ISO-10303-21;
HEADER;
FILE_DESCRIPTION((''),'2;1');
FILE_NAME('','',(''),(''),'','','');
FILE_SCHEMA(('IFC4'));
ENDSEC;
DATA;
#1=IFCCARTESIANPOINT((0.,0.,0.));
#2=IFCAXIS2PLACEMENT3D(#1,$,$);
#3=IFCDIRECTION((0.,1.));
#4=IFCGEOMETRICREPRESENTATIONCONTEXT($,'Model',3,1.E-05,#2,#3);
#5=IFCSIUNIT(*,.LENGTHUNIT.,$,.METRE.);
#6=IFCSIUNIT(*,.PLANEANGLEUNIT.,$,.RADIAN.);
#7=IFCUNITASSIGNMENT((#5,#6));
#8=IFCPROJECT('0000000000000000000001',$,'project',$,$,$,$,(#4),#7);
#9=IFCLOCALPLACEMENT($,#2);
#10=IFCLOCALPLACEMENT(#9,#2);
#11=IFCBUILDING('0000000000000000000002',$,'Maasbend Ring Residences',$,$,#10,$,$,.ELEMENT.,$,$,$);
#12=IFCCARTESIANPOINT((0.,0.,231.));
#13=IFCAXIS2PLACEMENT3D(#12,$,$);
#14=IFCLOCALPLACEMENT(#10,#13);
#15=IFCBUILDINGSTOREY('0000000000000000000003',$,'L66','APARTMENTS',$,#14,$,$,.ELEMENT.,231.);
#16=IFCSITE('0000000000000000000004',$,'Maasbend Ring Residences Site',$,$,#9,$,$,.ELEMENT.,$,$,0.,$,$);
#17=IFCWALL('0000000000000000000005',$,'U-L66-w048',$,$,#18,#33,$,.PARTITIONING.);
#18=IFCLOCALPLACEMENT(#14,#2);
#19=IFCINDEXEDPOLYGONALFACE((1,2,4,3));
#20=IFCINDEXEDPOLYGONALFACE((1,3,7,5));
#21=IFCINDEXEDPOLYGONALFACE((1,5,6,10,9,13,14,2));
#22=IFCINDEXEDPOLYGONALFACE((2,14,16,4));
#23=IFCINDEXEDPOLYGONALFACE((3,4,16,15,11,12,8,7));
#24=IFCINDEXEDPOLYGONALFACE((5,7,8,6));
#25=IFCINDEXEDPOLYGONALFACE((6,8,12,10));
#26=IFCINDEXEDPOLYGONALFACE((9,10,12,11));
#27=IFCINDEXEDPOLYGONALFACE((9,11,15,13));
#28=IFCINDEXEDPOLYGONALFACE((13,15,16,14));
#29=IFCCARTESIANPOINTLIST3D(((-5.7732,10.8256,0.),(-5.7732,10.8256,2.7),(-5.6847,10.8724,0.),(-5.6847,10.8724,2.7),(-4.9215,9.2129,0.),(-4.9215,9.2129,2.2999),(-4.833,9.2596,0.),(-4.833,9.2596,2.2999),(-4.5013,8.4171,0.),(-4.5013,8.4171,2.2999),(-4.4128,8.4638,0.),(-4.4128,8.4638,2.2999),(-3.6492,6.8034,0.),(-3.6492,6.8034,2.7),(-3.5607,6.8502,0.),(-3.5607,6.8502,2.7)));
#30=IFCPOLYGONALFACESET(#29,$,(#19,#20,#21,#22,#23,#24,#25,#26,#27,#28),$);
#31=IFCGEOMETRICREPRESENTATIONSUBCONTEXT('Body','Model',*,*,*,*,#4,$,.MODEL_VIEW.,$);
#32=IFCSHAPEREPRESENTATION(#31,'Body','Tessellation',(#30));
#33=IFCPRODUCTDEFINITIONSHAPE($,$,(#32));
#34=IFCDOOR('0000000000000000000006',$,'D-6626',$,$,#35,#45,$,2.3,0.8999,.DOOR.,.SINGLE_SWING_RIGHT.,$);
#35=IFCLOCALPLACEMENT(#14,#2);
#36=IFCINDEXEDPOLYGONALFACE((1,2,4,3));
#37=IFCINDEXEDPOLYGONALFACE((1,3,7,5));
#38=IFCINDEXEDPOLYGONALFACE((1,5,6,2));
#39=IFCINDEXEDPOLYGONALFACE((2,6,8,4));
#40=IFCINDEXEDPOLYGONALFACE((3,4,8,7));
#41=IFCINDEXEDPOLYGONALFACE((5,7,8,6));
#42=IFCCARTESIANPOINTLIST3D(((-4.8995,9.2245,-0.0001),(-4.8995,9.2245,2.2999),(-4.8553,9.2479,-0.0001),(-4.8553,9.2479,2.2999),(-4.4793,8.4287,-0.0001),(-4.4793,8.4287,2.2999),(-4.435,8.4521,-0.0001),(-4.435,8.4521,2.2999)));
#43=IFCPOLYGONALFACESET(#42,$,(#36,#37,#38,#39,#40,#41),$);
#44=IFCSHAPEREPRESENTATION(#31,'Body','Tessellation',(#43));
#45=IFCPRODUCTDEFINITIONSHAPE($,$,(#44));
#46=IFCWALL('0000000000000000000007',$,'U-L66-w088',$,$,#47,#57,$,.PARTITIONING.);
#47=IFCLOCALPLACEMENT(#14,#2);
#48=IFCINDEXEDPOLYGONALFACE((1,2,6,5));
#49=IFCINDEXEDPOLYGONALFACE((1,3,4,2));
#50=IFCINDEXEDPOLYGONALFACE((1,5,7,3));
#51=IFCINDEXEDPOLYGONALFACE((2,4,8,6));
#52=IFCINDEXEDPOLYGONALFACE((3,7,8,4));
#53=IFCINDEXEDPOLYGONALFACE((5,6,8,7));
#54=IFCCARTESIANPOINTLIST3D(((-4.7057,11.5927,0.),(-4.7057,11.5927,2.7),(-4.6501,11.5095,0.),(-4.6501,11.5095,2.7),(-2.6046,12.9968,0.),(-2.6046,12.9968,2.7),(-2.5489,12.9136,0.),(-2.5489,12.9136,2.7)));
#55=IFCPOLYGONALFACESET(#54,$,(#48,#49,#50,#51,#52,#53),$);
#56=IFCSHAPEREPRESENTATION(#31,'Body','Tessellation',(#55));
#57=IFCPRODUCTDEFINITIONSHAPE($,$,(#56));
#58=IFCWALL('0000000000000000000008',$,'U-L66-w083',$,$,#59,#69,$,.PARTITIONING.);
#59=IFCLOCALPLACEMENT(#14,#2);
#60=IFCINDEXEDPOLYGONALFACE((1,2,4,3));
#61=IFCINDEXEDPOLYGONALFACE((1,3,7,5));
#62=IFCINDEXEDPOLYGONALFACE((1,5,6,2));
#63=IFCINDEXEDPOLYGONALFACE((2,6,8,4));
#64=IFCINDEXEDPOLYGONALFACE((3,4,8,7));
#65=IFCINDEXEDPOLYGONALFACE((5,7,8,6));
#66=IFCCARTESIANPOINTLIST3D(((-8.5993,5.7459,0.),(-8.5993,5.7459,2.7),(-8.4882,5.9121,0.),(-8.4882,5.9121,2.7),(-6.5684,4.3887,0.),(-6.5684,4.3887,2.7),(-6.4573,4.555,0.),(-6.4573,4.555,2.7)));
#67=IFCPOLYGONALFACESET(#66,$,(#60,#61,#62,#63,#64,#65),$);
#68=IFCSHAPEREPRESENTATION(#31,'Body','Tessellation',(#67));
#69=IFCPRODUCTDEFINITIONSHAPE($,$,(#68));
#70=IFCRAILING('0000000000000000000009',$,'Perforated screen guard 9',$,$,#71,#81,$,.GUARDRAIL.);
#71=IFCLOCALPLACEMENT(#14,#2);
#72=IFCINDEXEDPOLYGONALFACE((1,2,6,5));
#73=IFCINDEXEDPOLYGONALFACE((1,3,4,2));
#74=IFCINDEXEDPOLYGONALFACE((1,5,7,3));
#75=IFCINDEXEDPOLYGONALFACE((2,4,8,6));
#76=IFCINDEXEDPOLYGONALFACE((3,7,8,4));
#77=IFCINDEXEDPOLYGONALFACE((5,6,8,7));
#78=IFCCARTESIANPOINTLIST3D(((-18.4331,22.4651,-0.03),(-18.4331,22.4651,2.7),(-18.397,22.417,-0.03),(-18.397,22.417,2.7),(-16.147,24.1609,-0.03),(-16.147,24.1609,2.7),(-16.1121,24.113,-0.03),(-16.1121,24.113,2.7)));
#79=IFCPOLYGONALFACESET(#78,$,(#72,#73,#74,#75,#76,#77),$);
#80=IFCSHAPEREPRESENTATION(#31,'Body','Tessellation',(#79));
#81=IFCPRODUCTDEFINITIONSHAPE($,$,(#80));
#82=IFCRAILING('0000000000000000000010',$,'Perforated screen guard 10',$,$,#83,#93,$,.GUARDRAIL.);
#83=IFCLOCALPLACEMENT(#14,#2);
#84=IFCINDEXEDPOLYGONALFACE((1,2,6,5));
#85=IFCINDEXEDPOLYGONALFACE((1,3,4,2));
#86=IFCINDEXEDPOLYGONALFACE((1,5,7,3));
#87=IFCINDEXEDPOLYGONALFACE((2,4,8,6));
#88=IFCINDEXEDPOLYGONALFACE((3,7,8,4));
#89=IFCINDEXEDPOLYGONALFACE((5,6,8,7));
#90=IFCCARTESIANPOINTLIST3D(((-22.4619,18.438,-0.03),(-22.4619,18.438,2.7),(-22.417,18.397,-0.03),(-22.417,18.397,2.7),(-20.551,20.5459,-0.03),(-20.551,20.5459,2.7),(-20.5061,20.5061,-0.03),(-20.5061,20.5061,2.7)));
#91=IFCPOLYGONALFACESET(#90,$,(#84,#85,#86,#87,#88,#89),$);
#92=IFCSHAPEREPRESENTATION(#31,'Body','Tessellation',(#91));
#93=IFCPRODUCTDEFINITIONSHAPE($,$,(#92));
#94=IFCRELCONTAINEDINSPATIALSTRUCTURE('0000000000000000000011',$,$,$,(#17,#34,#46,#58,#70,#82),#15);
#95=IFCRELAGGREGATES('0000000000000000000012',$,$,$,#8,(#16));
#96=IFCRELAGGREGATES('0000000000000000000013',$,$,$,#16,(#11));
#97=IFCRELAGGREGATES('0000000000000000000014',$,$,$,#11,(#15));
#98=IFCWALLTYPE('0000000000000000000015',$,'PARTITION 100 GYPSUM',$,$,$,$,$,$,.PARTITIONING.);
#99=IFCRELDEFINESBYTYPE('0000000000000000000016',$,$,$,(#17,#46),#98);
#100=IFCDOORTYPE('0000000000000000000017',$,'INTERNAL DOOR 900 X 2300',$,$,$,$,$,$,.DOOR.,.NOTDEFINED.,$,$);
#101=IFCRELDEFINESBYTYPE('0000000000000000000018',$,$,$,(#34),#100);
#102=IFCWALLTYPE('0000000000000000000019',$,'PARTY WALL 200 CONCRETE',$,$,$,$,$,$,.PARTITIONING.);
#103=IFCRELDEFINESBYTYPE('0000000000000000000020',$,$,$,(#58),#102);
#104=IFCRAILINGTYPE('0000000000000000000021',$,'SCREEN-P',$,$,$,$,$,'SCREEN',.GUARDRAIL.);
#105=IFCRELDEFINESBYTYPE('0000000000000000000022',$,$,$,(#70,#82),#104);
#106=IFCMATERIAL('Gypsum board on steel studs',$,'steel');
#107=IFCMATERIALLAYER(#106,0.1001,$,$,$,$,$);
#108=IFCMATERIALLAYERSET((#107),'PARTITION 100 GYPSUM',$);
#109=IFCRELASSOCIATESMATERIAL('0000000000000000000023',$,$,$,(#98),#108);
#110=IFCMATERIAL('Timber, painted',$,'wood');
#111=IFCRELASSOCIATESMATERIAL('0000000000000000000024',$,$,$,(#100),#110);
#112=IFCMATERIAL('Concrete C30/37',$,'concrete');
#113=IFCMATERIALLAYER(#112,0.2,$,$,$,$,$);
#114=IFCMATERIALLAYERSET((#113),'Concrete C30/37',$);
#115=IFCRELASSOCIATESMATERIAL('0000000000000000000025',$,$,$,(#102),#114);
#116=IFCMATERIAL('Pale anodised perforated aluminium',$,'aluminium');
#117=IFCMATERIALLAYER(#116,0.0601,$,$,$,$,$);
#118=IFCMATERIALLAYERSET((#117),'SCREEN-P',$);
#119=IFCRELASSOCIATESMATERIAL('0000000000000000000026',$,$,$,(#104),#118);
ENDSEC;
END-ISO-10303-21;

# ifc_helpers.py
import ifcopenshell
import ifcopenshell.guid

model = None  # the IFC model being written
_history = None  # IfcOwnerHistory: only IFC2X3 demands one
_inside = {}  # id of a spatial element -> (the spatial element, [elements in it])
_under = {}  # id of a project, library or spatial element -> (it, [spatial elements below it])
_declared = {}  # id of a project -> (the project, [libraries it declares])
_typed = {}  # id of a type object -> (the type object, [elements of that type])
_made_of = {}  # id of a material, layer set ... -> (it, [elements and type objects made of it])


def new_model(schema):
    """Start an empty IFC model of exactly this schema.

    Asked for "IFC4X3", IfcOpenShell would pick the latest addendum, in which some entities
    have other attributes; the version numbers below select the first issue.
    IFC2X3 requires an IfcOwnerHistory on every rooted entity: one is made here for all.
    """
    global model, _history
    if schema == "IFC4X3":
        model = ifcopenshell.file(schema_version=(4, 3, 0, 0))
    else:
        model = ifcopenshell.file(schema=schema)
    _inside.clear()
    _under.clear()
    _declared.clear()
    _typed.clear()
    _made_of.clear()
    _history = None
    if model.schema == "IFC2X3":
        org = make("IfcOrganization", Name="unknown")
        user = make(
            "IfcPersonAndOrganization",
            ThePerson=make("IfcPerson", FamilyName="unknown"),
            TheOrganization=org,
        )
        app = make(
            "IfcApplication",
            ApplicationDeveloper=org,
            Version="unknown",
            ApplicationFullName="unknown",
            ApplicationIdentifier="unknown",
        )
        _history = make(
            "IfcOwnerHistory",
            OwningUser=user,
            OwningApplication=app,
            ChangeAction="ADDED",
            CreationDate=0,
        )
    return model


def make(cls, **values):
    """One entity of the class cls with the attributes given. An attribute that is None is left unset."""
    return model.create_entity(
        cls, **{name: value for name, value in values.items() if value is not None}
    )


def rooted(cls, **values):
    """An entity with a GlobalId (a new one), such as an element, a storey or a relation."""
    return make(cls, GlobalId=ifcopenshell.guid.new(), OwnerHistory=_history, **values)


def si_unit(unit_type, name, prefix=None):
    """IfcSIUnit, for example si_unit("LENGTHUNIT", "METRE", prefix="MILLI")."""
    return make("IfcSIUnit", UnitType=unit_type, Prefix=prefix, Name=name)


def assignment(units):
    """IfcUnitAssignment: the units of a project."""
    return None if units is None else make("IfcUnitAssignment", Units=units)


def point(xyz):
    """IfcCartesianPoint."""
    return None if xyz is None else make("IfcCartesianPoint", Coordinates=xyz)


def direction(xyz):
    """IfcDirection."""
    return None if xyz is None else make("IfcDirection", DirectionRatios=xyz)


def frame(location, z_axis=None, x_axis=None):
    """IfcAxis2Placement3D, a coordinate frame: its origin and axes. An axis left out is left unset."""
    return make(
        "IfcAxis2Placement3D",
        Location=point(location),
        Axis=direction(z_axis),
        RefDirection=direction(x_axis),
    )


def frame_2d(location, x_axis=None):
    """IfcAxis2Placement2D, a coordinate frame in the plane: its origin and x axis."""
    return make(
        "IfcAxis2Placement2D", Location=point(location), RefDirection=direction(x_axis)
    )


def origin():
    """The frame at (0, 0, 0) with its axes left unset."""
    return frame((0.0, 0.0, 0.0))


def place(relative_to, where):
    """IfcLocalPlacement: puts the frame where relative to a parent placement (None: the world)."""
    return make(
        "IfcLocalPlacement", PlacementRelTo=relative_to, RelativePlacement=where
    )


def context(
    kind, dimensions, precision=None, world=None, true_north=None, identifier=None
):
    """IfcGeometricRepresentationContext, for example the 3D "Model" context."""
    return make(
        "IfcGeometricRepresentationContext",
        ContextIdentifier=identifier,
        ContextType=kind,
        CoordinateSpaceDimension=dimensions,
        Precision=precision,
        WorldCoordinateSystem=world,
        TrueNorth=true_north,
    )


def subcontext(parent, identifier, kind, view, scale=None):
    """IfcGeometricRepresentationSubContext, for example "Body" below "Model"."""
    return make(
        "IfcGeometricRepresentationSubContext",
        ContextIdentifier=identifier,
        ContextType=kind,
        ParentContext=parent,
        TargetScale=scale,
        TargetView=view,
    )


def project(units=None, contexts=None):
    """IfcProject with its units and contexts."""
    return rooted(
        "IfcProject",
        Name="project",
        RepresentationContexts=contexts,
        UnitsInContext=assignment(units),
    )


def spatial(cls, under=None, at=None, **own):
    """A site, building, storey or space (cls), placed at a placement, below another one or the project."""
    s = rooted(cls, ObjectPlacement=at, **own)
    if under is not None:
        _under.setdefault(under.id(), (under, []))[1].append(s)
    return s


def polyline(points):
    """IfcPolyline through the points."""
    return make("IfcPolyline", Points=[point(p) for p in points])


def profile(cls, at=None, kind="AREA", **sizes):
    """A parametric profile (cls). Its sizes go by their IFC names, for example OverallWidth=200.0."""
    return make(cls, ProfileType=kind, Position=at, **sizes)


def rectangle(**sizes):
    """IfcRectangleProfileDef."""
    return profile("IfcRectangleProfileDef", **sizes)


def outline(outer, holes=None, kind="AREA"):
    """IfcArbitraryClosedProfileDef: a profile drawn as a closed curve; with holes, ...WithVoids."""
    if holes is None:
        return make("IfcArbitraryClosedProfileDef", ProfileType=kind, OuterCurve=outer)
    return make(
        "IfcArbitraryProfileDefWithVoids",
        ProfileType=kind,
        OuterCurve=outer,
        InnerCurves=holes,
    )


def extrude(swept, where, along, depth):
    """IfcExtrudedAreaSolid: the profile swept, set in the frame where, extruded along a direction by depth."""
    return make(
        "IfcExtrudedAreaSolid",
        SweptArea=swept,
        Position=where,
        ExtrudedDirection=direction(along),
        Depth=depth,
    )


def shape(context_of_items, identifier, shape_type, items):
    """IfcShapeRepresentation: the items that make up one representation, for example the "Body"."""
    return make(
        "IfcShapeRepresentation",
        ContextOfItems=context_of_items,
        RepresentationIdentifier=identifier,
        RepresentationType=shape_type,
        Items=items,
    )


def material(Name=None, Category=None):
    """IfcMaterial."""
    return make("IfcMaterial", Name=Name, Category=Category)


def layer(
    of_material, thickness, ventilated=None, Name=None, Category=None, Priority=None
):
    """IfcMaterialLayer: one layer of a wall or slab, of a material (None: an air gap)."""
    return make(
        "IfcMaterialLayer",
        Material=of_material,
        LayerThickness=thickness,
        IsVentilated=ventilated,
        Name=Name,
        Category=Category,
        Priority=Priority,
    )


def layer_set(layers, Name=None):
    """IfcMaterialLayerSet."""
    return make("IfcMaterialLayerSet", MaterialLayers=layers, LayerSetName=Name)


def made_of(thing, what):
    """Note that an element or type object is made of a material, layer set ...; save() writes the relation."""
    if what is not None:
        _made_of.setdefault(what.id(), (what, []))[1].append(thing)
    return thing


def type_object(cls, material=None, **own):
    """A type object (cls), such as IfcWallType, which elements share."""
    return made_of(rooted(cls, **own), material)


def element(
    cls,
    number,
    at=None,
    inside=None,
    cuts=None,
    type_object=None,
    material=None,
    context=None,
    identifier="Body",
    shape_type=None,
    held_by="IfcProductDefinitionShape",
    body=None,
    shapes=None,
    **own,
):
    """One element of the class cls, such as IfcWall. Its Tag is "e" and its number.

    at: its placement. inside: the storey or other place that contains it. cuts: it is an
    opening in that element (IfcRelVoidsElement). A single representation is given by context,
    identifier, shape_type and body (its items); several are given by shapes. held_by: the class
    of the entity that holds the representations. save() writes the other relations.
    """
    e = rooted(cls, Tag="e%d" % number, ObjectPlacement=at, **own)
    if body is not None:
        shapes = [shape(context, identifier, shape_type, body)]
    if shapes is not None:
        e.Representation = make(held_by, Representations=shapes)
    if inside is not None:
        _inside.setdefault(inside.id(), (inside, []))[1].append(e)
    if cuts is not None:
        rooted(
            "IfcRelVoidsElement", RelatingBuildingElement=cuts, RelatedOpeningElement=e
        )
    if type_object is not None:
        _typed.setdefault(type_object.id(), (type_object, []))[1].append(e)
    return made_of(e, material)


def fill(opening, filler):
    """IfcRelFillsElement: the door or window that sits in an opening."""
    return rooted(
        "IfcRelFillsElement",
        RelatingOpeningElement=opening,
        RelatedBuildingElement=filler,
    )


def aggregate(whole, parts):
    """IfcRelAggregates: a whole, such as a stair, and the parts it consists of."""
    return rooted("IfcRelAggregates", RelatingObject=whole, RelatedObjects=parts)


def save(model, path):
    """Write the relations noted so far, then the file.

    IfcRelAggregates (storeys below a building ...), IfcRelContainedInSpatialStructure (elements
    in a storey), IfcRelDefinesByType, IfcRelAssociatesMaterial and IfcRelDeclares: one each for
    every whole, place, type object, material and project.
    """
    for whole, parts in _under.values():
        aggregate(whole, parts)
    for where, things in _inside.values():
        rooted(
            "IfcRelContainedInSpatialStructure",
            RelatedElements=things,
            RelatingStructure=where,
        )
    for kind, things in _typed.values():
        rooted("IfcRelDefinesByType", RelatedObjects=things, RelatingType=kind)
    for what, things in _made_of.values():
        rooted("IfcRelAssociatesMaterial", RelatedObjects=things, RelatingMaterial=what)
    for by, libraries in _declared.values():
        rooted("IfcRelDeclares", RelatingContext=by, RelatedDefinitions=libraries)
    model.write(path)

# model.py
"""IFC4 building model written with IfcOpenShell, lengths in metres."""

from ifc_helpers import new_model, si_unit, direction, frame, frame_2d, origin, place, context, subcontext, project, spatial, polyline, rectangle, outline, extrude, material, layer, layer_set, type_object, element, fill, save


model = new_model("IFC4")

# Units and contexts
model_context = context("Model", 3, precision=1e-05, world=origin(), true_north=direction((0.0, 1.0)))
body_context = subcontext(model_context, "Body", "Model", "MODEL_VIEW")
ifc_project = project(units=[si_unit("LENGTHUNIT", "METRE"), si_unit("PLANEANGLEUNIT", "RADIAN")], contexts=[model_context])

# Site, building, storey
site_placement = place(None, origin())
site = spatial("IfcSite", under=ifc_project, at=site_placement, Name="Maasbend Ring Residences Site", CompositionType="ELEMENT", RefElevation=0.0)
building_placement = place(site_placement, origin())
building = spatial("IfcBuilding", under=site, at=building_placement, Name="Maasbend Ring Residences", CompositionType="ELEMENT")
storey_placement = place(building_placement, frame((0.0, 0.0, 231.0)))
storey = spatial("IfcBuildingStorey", under=building, at=storey_placement, Name="L66", Description="APARTMENTS", CompositionType="ELEMENT", Elevation=231.0)

# Wall, opening, door
ifc_material_1 = material(Name="Gypsum board on steel studs", Category="steel")
ifc_layer_1 = layer(ifc_material_1, 0.1001)
ifc_layer_set_1 = layer_set([ifc_layer_1], Name="PARTITION 100 GYPSUM")
wall_type_1 = type_object("IfcWallType", Name="PARTITION 100 GYPSUM", PredefinedType="PARTITIONING", material=ifc_layer_set_1)
wall_1_placement = place(storey_placement, frame((-5.729, 10.8491, 0.0), z_axis=(0.0, 0.0, 1.0), x_axis=(0.466963, -0.884277, 0.0)))
wall_1 = element("IfcWall", 1, at=wall_1_placement, inside=storey, type_object=wall_type_1, Name="U-L66-w048", PredefinedType="PARTITIONING", context=body_context, shape_type="SweptSolid", body=[
    extrude(rectangle(XDim=4.5486, YDim=0.1001, at=frame_2d((2.2744, 0.0))), origin(), (0.0, 0.0, 1.0), 2.7),
])
opening_placement = place(wall_1_placement, frame((1.824, 0.0, 0.0)))
opening = element("IfcOpeningElement", 2, at=opening_placement, cuts=wall_1, PredefinedType="OPENING", context=body_context, shape_type="SweptSolid", body=[
    extrude(rectangle(XDim=0.8999, YDim=2.3, at=frame_2d((0.45, 1.1499))), frame((0.0, 0.0601, 0.0), z_axis=(0.0, -1.0, 0.0), x_axis=(1.0, 0.0, 0.0)), (0.0, 0.0, 1.0), 0.1201),
])
ifc_material_2 = material(Name="Timber, painted", Category="wood")
door_type = type_object("IfcDoorType", Name="INTERNAL DOOR 900 X 2300", OperationType="NOTDEFINED", PredefinedType="DOOR", material=ifc_material_2)
door_placement = place(opening_placement, origin())
door = element("IfcDoor", 3, at=door_placement, inside=storey, type_object=door_type, Name="D-6626", OperationType="SINGLE_SWING_RIGHT", OverallHeight=2.3, OverallWidth=0.8999, PredefinedType="DOOR", context=body_context, shape_type="SweptSolid", body=[
    extrude(rectangle(XDim=0.8999, YDim=2.3, at=frame_2d((0.45, 1.1499))), frame((0.0, 0.0249, 0.0), z_axis=(0.0, -1.0, 0.0), x_axis=(1.0, 0.0, 0.0)), (0.0, 0.0, 1.0), 0.05),
])
fill(opening, door)

# Walls
wall_2_placement = place(storey_placement, frame((-4.678, 11.551, 0.0), z_axis=(0.0, 0.0, 1.0), x_axis=(0.83144, 0.555614, 0.0)))
element("IfcWall", 4, at=wall_2_placement, inside=storey, type_object=wall_type_1, Name="U-L66-w088", PredefinedType="PARTITIONING", context=body_context, shape_type="SweptSolid", body=[
    extrude(rectangle(XDim=2.5271, YDim=0.1001, at=frame_2d((1.2637, 0.0))), origin(), (0.0, 0.0, 1.0), 2.7),
])
ifc_material_3 = material(Name="Concrete C30/37", Category="concrete")
ifc_layer_2 = layer(ifc_material_3, 0.2)
ifc_layer_set_2 = layer_set([ifc_layer_2], Name="Concrete C30/37")
wall_type_2 = type_object("IfcWallType", Name="PARTY WALL 200 CONCRETE", PredefinedType="PARTITIONING", material=ifc_layer_set_2)
wall_3_placement = place(storey_placement, frame((-6.5129, 4.4719, 0.0), z_axis=(0.0, 0.0, 1.0), x_axis=(-0.83145, 0.555599, 0.0)))
element("IfcWall", 5, at=wall_3_placement, inside=storey, type_object=wall_type_2, Name="U-L66-w083", PredefinedType="PARTITIONING", context=body_context, shape_type="SweptSolid", body=[
    extrude(rectangle(XDim=2.4426, YDim=0.2, at=frame_2d((1.2212, 0.0))), origin(), (0.0, 0.0, 1.0), 2.7),
])

# Railings
ifc_material_4 = material(Name="Pale anodised perforated aluminium", Category="aluminium")
ifc_layer_3 = layer(ifc_material_4, 0.0601)
ifc_layer_set_3 = layer_set([ifc_layer_3], Name="SCREEN-P")
railing_type = type_object("IfcRailingType", Name="SCREEN-P", ElementType="SCREEN", PredefinedType="GUARDRAIL", material=ifc_layer_set_3)
railing_1_placement = place(storey_placement, frame((0.0, 0.0, -0.03)))
element("IfcRailing", 6, at=railing_1_placement, inside=storey, type_object=railing_type, Name="Perforated screen guard 9", PredefinedType="GUARDRAIL", context=body_context, shape_type="SweptSolid", body=[
    extrude(outline(polyline([(-16.1121, 24.113), (-18.397, 22.417), (-18.4331, 22.4651), (-16.147, 24.1609), (-16.1121, 24.113)])), origin(), (0.0, 0.0, 1.0), 2.73),
])
railing_2_placement = place(storey_placement, frame((0.0, 0.0, -0.03)))
element("IfcRailing", 7, at=railing_2_placement, inside=storey, type_object=railing_type, Name="Perforated screen guard 10", PredefinedType="GUARDRAIL", context=body_context, shape_type="SweptSolid", body=[
    extrude(outline(polyline([(-20.5061, 20.5061), (-22.417, 18.397), (-22.4619, 18.438), (-20.551, 20.5459), (-20.5061, 20.5061)])), origin(), (0.0, 0.0, 1.0), 2.73),
])

save(model, "model.ifc")
